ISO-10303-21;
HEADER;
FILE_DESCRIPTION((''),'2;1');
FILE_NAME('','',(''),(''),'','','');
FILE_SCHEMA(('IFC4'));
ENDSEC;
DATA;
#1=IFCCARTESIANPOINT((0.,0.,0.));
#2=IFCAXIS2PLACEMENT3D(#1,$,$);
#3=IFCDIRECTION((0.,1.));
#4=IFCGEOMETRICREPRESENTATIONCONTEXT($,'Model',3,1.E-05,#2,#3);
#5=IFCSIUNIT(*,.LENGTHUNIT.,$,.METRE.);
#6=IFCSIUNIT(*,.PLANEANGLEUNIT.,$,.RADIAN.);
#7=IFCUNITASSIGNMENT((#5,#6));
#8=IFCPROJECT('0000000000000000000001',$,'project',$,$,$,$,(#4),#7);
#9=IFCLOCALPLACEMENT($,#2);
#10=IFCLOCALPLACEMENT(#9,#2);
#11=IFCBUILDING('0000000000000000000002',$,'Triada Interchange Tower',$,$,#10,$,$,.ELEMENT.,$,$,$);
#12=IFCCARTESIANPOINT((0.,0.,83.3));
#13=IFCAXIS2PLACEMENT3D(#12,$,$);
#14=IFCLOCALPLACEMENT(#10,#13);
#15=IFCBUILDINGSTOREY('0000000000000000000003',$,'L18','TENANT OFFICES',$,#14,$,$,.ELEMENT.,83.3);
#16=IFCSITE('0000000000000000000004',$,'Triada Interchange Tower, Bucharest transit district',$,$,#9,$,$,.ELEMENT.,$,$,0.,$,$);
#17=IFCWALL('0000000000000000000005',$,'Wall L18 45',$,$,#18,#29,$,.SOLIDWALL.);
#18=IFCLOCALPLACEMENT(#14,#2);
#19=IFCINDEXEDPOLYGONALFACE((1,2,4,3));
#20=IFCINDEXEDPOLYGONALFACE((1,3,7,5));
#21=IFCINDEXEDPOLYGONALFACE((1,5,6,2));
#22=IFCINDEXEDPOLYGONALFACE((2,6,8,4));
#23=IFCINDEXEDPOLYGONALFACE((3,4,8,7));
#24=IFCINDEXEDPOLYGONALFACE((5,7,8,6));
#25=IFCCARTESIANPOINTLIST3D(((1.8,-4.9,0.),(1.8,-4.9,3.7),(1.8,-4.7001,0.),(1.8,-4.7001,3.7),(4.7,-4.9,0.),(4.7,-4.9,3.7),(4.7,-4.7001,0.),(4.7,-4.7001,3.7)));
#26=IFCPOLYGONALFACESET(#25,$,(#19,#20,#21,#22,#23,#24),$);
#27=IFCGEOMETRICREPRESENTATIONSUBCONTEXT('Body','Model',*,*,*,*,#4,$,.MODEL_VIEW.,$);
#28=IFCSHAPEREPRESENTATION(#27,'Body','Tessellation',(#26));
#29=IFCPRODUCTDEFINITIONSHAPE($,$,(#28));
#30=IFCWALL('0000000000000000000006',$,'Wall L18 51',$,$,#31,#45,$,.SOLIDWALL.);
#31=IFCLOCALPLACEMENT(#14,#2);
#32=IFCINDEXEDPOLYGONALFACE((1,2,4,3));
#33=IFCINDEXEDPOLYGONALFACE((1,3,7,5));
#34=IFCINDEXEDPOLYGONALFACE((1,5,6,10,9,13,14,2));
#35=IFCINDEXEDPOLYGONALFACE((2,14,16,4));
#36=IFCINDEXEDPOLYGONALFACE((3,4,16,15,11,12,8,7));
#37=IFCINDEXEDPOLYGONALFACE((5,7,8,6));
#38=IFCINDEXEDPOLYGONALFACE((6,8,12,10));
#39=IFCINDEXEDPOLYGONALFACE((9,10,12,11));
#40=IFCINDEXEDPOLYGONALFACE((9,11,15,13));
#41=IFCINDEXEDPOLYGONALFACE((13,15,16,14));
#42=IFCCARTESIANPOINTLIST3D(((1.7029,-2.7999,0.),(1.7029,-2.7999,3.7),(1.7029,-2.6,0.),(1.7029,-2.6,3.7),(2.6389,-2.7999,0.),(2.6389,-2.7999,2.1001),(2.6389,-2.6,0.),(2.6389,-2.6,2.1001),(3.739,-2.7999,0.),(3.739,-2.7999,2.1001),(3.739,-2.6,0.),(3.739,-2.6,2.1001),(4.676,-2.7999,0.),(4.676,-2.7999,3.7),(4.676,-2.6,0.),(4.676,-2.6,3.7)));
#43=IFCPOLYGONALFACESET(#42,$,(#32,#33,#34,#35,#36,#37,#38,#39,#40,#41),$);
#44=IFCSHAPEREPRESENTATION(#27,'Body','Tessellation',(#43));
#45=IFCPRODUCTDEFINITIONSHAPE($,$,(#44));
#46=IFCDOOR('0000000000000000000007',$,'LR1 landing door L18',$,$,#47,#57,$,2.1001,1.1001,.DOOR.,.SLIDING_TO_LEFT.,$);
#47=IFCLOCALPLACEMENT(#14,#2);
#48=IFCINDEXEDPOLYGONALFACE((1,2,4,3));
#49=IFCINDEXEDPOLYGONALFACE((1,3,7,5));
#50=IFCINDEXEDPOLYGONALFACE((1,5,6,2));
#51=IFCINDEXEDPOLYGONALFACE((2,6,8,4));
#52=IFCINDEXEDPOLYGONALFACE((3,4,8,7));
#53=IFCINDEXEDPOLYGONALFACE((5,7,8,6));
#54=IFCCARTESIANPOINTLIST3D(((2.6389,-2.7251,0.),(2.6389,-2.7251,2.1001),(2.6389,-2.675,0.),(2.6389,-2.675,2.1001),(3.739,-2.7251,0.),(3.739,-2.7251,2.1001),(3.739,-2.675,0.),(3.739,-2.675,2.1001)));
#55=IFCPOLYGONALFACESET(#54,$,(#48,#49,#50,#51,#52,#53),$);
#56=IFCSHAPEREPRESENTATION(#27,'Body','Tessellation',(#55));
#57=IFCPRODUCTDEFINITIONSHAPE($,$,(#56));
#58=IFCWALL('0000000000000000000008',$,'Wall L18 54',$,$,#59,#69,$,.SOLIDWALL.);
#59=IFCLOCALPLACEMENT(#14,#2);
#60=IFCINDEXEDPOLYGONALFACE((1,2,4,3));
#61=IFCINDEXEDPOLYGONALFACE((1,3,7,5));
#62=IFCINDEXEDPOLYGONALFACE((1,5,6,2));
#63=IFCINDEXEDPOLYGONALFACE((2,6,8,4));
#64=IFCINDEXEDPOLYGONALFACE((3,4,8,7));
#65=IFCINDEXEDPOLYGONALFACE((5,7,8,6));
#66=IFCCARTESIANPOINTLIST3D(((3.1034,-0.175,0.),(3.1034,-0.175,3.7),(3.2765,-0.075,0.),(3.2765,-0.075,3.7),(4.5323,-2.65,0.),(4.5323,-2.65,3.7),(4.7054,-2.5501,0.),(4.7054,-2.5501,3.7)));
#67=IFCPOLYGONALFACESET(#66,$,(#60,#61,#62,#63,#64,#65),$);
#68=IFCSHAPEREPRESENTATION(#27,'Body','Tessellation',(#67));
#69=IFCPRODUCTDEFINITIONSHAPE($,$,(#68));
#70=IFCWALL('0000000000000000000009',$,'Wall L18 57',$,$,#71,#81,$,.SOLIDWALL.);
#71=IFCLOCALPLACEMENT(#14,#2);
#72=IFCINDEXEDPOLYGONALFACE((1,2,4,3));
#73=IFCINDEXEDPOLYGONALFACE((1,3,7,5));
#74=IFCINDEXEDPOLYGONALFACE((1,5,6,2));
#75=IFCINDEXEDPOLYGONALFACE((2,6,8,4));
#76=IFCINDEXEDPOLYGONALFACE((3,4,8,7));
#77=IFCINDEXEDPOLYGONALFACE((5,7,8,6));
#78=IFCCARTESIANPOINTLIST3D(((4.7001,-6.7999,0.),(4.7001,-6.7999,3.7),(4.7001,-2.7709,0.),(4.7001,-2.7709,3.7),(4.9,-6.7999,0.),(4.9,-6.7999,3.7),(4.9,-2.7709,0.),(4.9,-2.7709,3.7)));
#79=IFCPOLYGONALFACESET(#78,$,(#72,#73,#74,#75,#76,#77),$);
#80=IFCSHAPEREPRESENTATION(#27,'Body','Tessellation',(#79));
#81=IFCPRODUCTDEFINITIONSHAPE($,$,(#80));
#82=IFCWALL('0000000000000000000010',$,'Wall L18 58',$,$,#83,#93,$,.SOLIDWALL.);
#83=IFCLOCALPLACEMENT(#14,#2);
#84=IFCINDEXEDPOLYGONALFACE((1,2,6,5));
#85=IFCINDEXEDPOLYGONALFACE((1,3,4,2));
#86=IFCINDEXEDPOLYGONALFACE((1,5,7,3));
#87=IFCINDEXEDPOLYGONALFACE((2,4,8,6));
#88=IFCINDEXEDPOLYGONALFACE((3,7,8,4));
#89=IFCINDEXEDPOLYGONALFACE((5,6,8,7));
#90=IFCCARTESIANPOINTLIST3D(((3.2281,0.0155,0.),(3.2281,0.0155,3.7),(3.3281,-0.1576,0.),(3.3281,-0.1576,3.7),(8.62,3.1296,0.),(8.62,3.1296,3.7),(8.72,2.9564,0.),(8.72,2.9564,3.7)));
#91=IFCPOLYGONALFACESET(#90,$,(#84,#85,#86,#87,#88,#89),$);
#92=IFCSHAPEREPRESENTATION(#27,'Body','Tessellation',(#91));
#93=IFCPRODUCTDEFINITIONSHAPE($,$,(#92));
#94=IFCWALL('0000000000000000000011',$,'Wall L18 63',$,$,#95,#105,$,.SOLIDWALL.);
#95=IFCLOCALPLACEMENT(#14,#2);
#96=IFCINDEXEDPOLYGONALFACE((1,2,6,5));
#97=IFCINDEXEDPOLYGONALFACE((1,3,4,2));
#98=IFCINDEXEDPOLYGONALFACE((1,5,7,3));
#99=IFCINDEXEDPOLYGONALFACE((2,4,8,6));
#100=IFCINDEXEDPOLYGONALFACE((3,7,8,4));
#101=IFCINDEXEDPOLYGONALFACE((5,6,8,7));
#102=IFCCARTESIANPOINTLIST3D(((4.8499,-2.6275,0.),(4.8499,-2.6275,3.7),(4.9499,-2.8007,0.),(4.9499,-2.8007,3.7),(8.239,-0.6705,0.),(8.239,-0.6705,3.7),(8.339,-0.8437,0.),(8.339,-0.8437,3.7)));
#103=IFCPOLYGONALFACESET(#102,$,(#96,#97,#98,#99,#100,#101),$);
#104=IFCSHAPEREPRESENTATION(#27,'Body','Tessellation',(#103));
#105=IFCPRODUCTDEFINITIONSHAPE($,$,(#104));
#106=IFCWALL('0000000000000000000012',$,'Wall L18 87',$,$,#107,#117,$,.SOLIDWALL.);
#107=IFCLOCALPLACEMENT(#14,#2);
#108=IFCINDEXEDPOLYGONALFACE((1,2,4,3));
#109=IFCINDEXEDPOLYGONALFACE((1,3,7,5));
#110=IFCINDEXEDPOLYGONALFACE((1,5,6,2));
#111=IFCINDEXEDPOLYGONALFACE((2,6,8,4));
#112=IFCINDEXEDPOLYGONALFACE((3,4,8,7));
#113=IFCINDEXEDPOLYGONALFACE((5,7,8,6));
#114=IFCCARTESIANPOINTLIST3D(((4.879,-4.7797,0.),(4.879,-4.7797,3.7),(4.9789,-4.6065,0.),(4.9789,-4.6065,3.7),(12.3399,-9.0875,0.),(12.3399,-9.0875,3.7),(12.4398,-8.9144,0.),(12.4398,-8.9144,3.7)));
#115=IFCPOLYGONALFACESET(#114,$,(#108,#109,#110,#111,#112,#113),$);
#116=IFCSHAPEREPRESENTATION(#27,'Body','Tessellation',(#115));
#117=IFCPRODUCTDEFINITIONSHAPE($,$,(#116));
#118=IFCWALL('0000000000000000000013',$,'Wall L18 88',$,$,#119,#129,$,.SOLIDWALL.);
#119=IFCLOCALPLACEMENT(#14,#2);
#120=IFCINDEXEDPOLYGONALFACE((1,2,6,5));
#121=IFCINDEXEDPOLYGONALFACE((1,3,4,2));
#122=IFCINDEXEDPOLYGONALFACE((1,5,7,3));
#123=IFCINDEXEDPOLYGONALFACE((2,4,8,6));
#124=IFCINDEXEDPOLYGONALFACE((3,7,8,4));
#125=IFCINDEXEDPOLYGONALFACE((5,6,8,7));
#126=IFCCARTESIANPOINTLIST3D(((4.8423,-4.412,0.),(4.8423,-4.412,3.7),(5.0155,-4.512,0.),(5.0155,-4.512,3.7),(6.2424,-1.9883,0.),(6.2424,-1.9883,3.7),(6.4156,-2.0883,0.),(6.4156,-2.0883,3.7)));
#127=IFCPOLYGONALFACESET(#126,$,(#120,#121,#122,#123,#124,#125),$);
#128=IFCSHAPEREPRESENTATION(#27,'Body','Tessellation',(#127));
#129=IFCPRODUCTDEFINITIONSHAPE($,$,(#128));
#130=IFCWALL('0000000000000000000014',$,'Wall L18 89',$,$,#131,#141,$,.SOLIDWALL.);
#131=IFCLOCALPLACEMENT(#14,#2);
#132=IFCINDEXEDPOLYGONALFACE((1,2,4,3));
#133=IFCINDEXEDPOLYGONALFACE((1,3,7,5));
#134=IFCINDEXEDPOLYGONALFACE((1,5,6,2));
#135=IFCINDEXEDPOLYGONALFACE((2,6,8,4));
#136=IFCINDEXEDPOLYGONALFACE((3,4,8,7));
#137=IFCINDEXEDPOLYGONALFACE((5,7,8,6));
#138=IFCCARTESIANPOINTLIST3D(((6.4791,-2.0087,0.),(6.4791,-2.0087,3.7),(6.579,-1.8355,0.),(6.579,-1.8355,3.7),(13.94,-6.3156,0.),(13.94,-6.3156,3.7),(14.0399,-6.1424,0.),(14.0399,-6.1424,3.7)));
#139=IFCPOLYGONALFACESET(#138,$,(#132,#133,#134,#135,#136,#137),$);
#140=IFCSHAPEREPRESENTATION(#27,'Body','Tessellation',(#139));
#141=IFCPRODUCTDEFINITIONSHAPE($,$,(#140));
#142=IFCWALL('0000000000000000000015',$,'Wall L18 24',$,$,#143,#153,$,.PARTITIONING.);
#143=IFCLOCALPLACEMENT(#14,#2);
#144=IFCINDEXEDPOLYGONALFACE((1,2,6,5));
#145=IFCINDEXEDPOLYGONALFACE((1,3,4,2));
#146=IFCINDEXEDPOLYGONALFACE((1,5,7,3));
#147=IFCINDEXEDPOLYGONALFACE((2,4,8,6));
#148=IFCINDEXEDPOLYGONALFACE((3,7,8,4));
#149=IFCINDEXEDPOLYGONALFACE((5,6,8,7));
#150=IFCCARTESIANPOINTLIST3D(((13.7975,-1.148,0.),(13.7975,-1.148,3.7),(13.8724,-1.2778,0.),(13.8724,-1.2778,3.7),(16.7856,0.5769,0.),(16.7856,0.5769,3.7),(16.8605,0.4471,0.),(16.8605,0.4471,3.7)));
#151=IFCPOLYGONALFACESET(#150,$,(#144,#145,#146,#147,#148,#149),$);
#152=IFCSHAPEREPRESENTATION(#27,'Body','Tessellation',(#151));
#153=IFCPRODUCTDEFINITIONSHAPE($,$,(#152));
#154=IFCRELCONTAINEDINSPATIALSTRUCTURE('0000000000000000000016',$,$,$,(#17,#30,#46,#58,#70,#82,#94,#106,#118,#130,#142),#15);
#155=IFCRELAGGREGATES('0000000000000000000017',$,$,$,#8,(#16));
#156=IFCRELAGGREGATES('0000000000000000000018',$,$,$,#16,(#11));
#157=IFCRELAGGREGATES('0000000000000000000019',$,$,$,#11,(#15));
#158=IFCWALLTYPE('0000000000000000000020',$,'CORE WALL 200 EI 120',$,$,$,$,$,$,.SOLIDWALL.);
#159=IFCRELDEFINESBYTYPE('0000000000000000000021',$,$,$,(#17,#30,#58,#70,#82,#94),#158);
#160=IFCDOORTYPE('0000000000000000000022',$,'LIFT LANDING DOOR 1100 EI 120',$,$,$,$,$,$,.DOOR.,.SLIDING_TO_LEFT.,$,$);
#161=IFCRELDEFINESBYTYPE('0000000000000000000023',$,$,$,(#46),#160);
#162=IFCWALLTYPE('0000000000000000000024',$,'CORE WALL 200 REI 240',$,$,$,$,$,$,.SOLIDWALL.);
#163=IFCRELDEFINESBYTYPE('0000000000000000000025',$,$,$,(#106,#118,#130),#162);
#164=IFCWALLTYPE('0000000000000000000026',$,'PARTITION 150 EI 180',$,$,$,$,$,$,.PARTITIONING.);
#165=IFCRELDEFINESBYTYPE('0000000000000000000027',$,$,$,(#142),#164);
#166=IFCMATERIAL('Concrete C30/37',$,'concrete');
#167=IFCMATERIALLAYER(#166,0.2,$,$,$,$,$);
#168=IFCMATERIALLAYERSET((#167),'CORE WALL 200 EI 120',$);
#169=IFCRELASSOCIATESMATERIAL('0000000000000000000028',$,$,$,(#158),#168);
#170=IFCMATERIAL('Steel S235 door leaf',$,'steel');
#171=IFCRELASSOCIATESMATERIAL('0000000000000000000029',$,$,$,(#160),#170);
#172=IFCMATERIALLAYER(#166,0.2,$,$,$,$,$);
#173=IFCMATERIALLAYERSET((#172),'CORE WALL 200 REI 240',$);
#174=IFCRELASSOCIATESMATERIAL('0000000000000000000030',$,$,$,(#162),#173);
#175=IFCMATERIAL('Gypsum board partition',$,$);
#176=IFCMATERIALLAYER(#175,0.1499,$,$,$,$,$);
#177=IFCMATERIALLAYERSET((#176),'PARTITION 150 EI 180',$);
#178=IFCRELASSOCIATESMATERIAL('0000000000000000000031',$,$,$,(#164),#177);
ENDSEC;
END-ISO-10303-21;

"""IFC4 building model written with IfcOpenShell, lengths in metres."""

from ifc_helpers import new_model, si_unit, direction, frame, frame_2d, origin, place, context, subcontext, project, spatial, rectangle, extrude, material, layer, layer_set, type_object, element, fill, save


model = new_model("IFC4")

# Units and contexts
model_context = context("Model", 3, precision=1e-05, world=origin(), true_north=direction((0.0, 1.0)))
body_context = subcontext(model_context, "Body", "Model", "MODEL_VIEW")
ifc_project = project(units=[si_unit("LENGTHUNIT", "METRE"), si_unit("PLANEANGLEUNIT", "RADIAN")], contexts=[model_context])

# Site, building, storey
site_placement = place(None, origin())
site = spatial("IfcSite", under=ifc_project, at=site_placement, Name="Triada Interchange Tower, Bucharest transit district", CompositionType="ELEMENT", RefElevation=0.0)
building_placement = place(site_placement, origin())
building = spatial("IfcBuilding", under=site, at=building_placement, Name="Triada Interchange Tower", CompositionType="ELEMENT")
storey_placement = place(building_placement, frame((0.0, 0.0, 83.3)))
storey = spatial("IfcBuildingStorey", under=building, at=storey_placement, Name="L18", Description="TENANT OFFICES", CompositionType="ELEMENT", Elevation=83.3)

# Wall
ifc_material_1 = material(Name="Concrete C30/37", Category="concrete")
ifc_layer_1 = layer(ifc_material_1, 0.2)
ifc_layer_set_1 = layer_set([ifc_layer_1], Name="CORE WALL 200 EI 120")
wall_type_1 = type_object("IfcWallType", Name="CORE WALL 200 EI 120", PredefinedType="SOLIDWALL", material=ifc_layer_set_1)
wall_1_placement = place(storey_placement, frame((1.8, -4.8, 0.0), z_axis=(0.0, 0.0, 1.0), x_axis=(1.0, 0.0, 0.0)))
element("IfcWall", 1, at=wall_1_placement, inside=storey, type_object=wall_type_1, Name="Wall L18 45", PredefinedType="SOLIDWALL", context=body_context, shape_type="SweptSolid", body=[
    extrude(rectangle(XDim=2.8999, YDim=0.2, at=frame_2d((1.45, 0.0))), origin(), (0.0, 0.0, 1.0), 3.7),
])

# Wall, opening, door
wall_2_placement = place(storey_placement, frame((1.7029, -2.7, 0.0), z_axis=(0.0, 0.0, 1.0), x_axis=(1.0, 0.0, 0.0)))
wall_2 = element("IfcWall", 2, at=wall_2_placement, inside=storey, type_object=wall_type_1, Name="Wall L18 51", PredefinedType="SOLIDWALL", context=body_context, shape_type="SweptSolid", body=[
    extrude(rectangle(XDim=2.9731, YDim=0.2, at=frame_2d((1.4866, 0.0))), origin(), (0.0, 0.0, 1.0), 3.7),
])
opening_1_placement = place(wall_2_placement, frame((0.936, 0.0, 0.0)))
opening_1 = element("IfcOpeningElement", 3, at=opening_1_placement, cuts=wall_2, PredefinedType="OPENING", context=body_context, shape_type="SweptSolid", body=[
    extrude(rectangle(XDim=1.1001, YDim=2.1001, at=frame_2d((0.55, 1.05))), frame((0.0, 0.1099, 0.0), z_axis=(0.0, -1.0, 0.0), x_axis=(1.0, 0.0, 0.0)), (0.0, 0.0, 1.0), 0.22),
])
ifc_material_2 = material(Name="Steel S235 door leaf", Category="steel")
door_type_1 = type_object("IfcDoorType", Name="LIFT LANDING DOOR 1100 EI 120", OperationType="SLIDING_TO_LEFT", PredefinedType="DOOR", material=ifc_material_2)
door_1_placement = place(opening_1_placement, origin())
door_1 = element("IfcDoor", 4, at=door_1_placement, inside=storey, type_object=door_type_1, Name="LR1 landing door L18", OperationType="SLIDING_TO_LEFT", OverallHeight=2.1001, OverallWidth=1.1001, PredefinedType="DOOR", context=body_context, shape_type="SweptSolid", body=[
    extrude(rectangle(XDim=1.1001, YDim=2.1001, at=frame_2d((0.55, 1.05))), frame((0.0, 0.0249, 0.0), z_axis=(0.0, -1.0, 0.0), x_axis=(1.0, 0.0, 0.0)), (0.0, 0.0, 1.0), 0.05),
])
fill(opening_1, door_1)

# Walls
wall_3_placement = place(storey_placement, frame((3.1899, -0.125, 0.0), z_axis=(0.0, 0.0, 1.0), x_axis=(0.499989, -0.866032, 0.0)))
element("IfcWall", 5, at=wall_3_placement, inside=storey, type_object=wall_type_1, Name="Wall L18 54", PredefinedType="SOLIDWALL", context=body_context, shape_type="SweptSolid", body=[
    extrude(rectangle(XDim=2.8579, YDim=0.2, at=frame_2d((1.429, 0.0))), origin(), (0.0, 0.0, 1.0), 3.7),
])
wall_4_placement = place(storey_placement, frame((4.8, -6.8, 0.0), z_axis=(0.0, 0.0, 1.0), x_axis=(0.0, 1.0, 0.0)))
element("IfcWall", 6, at=wall_4_placement, inside=storey, type_object=wall_type_1, Name="Wall L18 57", PredefinedType="SOLIDWALL", context=body_context, shape_type="SweptSolid", body=[
    extrude(rectangle(XDim=4.0291, YDim=0.2, at=frame_2d((2.0146, 0.0))), origin(), (0.0, 0.0, 1.0), 3.7),
])
wall_5_placement = place(storey_placement, frame((3.2781, -0.071, 0.0), z_axis=(0.0, 0.0, 1.0), x_axis=(0.865954, 0.500124, 0.0)))
element("IfcWall", 7, at=wall_5_placement, inside=storey, type_object=wall_type_1, Name="Wall L18 58", PredefinedType="SOLIDWALL", context=body_context, shape_type="SweptSolid", body=[
    extrude(rectangle(XDim=6.2266, YDim=0.2, at=frame_2d((3.1133, 0.0))), origin(), (0.0, 0.0, 1.0), 3.7),
])
wall_6_placement = place(storey_placement, frame((4.8999, -2.7141, 0.0), z_axis=(0.0, 0.0, 1.0), x_axis=(0.865992, 0.500057, 0.0)))
element("IfcWall", 8, at=wall_6_placement, inside=storey, type_object=wall_type_1, Name="Wall L18 63", PredefinedType="SOLIDWALL", context=body_context, shape_type="SweptSolid", body=[
    extrude(rectangle(XDim=3.9136, YDim=0.2, at=frame_2d((1.9568, 0.0))), origin(), (0.0, 0.0, 1.0), 3.7),
])
ifc_layer_2 = layer(ifc_material_1, 0.2)
ifc_layer_set_2 = layer_set([ifc_layer_2], Name="CORE WALL 200 REI 240")
wall_type_2 = type_object("IfcWallType", Name="CORE WALL 200 REI 240", PredefinedType="SOLIDWALL", material=ifc_layer_set_2)
wall_7_placement = place(storey_placement, frame((4.929, -4.6931, 0.0), z_axis=(0.0, 0.0, 1.0), x_axis=(0.866011, -0.500025, 0.0)))
element("IfcWall", 9, at=wall_7_placement, inside=storey, type_object=wall_type_2, Name="Wall L18 87", PredefinedType="SOLIDWALL", context=body_context, shape_type="SweptSolid", body=[
    extrude(rectangle(XDim=8.6152, YDim=0.2, at=frame_2d((4.3076, 0.0))), origin(), (0.0, 0.0, 1.0), 3.7),
])
wall_8_placement = place(storey_placement, frame((4.929, -4.4619, 0.0), z_axis=(0.0, 0.0, 1.0), x_axis=(0.500201, 0.86591, 0.0)))
element("IfcWall", 10, at=wall_8_placement, inside=storey, type_object=wall_type_2, Name="Wall L18 88", PredefinedType="SOLIDWALL", context=body_context, shape_type="SweptSolid", body=[
    extrude(rectangle(XDim=2.7991, YDim=0.2, at=frame_2d((1.3994, 0.0))), origin(), (0.0, 0.0, 1.0), 3.7),
])
wall_9_placement = place(storey_placement, frame((6.5291, -1.9221, 0.0), z_axis=(0.0, 0.0, 1.0), x_axis=(0.86606, -0.49994, 0.0)))
element("IfcWall", 11, at=wall_9_placement, inside=storey, type_object=wall_type_2, Name="Wall L18 89", PredefinedType="SOLIDWALL", context=body_context, shape_type="SweptSolid", body=[
    extrude(rectangle(XDim=8.6147, YDim=0.2, at=frame_2d((4.3074, 0.0))), origin(), (0.0, 0.0, 1.0), 3.7),
])

# Wall
ifc_material_3 = material(Name="Gypsum board partition")
ifc_layer_3 = layer(ifc_material_3, 0.1499)
ifc_layer_set_3 = layer_set([ifc_layer_3], Name="PARTITION 150 EI 180")
wall_type_3 = type_object("IfcWallType", Name="PARTITION 150 EI 180", PredefinedType="PARTITIONING", material=ifc_layer_set_3)
wall_10_placement = place(storey_placement, frame((13.835, -1.2129, 0.0), z_axis=(0.0, 0.0, 1.0), x_axis=(0.866062, 0.499937, 0.0)))
element("IfcWall", 12, at=wall_10_placement, inside=storey, type_object=wall_type_3, Name="Wall L18 24", PredefinedType="PARTITIONING", context=body_context, shape_type="SweptSolid", body=[
    extrude(rectangle(XDim=3.4502, YDim=0.1499, at=frame_2d((1.7251, 0.0))), origin(), (0.0, 0.0, 1.0), 3.7),
])

save(model, "model.ifc")
